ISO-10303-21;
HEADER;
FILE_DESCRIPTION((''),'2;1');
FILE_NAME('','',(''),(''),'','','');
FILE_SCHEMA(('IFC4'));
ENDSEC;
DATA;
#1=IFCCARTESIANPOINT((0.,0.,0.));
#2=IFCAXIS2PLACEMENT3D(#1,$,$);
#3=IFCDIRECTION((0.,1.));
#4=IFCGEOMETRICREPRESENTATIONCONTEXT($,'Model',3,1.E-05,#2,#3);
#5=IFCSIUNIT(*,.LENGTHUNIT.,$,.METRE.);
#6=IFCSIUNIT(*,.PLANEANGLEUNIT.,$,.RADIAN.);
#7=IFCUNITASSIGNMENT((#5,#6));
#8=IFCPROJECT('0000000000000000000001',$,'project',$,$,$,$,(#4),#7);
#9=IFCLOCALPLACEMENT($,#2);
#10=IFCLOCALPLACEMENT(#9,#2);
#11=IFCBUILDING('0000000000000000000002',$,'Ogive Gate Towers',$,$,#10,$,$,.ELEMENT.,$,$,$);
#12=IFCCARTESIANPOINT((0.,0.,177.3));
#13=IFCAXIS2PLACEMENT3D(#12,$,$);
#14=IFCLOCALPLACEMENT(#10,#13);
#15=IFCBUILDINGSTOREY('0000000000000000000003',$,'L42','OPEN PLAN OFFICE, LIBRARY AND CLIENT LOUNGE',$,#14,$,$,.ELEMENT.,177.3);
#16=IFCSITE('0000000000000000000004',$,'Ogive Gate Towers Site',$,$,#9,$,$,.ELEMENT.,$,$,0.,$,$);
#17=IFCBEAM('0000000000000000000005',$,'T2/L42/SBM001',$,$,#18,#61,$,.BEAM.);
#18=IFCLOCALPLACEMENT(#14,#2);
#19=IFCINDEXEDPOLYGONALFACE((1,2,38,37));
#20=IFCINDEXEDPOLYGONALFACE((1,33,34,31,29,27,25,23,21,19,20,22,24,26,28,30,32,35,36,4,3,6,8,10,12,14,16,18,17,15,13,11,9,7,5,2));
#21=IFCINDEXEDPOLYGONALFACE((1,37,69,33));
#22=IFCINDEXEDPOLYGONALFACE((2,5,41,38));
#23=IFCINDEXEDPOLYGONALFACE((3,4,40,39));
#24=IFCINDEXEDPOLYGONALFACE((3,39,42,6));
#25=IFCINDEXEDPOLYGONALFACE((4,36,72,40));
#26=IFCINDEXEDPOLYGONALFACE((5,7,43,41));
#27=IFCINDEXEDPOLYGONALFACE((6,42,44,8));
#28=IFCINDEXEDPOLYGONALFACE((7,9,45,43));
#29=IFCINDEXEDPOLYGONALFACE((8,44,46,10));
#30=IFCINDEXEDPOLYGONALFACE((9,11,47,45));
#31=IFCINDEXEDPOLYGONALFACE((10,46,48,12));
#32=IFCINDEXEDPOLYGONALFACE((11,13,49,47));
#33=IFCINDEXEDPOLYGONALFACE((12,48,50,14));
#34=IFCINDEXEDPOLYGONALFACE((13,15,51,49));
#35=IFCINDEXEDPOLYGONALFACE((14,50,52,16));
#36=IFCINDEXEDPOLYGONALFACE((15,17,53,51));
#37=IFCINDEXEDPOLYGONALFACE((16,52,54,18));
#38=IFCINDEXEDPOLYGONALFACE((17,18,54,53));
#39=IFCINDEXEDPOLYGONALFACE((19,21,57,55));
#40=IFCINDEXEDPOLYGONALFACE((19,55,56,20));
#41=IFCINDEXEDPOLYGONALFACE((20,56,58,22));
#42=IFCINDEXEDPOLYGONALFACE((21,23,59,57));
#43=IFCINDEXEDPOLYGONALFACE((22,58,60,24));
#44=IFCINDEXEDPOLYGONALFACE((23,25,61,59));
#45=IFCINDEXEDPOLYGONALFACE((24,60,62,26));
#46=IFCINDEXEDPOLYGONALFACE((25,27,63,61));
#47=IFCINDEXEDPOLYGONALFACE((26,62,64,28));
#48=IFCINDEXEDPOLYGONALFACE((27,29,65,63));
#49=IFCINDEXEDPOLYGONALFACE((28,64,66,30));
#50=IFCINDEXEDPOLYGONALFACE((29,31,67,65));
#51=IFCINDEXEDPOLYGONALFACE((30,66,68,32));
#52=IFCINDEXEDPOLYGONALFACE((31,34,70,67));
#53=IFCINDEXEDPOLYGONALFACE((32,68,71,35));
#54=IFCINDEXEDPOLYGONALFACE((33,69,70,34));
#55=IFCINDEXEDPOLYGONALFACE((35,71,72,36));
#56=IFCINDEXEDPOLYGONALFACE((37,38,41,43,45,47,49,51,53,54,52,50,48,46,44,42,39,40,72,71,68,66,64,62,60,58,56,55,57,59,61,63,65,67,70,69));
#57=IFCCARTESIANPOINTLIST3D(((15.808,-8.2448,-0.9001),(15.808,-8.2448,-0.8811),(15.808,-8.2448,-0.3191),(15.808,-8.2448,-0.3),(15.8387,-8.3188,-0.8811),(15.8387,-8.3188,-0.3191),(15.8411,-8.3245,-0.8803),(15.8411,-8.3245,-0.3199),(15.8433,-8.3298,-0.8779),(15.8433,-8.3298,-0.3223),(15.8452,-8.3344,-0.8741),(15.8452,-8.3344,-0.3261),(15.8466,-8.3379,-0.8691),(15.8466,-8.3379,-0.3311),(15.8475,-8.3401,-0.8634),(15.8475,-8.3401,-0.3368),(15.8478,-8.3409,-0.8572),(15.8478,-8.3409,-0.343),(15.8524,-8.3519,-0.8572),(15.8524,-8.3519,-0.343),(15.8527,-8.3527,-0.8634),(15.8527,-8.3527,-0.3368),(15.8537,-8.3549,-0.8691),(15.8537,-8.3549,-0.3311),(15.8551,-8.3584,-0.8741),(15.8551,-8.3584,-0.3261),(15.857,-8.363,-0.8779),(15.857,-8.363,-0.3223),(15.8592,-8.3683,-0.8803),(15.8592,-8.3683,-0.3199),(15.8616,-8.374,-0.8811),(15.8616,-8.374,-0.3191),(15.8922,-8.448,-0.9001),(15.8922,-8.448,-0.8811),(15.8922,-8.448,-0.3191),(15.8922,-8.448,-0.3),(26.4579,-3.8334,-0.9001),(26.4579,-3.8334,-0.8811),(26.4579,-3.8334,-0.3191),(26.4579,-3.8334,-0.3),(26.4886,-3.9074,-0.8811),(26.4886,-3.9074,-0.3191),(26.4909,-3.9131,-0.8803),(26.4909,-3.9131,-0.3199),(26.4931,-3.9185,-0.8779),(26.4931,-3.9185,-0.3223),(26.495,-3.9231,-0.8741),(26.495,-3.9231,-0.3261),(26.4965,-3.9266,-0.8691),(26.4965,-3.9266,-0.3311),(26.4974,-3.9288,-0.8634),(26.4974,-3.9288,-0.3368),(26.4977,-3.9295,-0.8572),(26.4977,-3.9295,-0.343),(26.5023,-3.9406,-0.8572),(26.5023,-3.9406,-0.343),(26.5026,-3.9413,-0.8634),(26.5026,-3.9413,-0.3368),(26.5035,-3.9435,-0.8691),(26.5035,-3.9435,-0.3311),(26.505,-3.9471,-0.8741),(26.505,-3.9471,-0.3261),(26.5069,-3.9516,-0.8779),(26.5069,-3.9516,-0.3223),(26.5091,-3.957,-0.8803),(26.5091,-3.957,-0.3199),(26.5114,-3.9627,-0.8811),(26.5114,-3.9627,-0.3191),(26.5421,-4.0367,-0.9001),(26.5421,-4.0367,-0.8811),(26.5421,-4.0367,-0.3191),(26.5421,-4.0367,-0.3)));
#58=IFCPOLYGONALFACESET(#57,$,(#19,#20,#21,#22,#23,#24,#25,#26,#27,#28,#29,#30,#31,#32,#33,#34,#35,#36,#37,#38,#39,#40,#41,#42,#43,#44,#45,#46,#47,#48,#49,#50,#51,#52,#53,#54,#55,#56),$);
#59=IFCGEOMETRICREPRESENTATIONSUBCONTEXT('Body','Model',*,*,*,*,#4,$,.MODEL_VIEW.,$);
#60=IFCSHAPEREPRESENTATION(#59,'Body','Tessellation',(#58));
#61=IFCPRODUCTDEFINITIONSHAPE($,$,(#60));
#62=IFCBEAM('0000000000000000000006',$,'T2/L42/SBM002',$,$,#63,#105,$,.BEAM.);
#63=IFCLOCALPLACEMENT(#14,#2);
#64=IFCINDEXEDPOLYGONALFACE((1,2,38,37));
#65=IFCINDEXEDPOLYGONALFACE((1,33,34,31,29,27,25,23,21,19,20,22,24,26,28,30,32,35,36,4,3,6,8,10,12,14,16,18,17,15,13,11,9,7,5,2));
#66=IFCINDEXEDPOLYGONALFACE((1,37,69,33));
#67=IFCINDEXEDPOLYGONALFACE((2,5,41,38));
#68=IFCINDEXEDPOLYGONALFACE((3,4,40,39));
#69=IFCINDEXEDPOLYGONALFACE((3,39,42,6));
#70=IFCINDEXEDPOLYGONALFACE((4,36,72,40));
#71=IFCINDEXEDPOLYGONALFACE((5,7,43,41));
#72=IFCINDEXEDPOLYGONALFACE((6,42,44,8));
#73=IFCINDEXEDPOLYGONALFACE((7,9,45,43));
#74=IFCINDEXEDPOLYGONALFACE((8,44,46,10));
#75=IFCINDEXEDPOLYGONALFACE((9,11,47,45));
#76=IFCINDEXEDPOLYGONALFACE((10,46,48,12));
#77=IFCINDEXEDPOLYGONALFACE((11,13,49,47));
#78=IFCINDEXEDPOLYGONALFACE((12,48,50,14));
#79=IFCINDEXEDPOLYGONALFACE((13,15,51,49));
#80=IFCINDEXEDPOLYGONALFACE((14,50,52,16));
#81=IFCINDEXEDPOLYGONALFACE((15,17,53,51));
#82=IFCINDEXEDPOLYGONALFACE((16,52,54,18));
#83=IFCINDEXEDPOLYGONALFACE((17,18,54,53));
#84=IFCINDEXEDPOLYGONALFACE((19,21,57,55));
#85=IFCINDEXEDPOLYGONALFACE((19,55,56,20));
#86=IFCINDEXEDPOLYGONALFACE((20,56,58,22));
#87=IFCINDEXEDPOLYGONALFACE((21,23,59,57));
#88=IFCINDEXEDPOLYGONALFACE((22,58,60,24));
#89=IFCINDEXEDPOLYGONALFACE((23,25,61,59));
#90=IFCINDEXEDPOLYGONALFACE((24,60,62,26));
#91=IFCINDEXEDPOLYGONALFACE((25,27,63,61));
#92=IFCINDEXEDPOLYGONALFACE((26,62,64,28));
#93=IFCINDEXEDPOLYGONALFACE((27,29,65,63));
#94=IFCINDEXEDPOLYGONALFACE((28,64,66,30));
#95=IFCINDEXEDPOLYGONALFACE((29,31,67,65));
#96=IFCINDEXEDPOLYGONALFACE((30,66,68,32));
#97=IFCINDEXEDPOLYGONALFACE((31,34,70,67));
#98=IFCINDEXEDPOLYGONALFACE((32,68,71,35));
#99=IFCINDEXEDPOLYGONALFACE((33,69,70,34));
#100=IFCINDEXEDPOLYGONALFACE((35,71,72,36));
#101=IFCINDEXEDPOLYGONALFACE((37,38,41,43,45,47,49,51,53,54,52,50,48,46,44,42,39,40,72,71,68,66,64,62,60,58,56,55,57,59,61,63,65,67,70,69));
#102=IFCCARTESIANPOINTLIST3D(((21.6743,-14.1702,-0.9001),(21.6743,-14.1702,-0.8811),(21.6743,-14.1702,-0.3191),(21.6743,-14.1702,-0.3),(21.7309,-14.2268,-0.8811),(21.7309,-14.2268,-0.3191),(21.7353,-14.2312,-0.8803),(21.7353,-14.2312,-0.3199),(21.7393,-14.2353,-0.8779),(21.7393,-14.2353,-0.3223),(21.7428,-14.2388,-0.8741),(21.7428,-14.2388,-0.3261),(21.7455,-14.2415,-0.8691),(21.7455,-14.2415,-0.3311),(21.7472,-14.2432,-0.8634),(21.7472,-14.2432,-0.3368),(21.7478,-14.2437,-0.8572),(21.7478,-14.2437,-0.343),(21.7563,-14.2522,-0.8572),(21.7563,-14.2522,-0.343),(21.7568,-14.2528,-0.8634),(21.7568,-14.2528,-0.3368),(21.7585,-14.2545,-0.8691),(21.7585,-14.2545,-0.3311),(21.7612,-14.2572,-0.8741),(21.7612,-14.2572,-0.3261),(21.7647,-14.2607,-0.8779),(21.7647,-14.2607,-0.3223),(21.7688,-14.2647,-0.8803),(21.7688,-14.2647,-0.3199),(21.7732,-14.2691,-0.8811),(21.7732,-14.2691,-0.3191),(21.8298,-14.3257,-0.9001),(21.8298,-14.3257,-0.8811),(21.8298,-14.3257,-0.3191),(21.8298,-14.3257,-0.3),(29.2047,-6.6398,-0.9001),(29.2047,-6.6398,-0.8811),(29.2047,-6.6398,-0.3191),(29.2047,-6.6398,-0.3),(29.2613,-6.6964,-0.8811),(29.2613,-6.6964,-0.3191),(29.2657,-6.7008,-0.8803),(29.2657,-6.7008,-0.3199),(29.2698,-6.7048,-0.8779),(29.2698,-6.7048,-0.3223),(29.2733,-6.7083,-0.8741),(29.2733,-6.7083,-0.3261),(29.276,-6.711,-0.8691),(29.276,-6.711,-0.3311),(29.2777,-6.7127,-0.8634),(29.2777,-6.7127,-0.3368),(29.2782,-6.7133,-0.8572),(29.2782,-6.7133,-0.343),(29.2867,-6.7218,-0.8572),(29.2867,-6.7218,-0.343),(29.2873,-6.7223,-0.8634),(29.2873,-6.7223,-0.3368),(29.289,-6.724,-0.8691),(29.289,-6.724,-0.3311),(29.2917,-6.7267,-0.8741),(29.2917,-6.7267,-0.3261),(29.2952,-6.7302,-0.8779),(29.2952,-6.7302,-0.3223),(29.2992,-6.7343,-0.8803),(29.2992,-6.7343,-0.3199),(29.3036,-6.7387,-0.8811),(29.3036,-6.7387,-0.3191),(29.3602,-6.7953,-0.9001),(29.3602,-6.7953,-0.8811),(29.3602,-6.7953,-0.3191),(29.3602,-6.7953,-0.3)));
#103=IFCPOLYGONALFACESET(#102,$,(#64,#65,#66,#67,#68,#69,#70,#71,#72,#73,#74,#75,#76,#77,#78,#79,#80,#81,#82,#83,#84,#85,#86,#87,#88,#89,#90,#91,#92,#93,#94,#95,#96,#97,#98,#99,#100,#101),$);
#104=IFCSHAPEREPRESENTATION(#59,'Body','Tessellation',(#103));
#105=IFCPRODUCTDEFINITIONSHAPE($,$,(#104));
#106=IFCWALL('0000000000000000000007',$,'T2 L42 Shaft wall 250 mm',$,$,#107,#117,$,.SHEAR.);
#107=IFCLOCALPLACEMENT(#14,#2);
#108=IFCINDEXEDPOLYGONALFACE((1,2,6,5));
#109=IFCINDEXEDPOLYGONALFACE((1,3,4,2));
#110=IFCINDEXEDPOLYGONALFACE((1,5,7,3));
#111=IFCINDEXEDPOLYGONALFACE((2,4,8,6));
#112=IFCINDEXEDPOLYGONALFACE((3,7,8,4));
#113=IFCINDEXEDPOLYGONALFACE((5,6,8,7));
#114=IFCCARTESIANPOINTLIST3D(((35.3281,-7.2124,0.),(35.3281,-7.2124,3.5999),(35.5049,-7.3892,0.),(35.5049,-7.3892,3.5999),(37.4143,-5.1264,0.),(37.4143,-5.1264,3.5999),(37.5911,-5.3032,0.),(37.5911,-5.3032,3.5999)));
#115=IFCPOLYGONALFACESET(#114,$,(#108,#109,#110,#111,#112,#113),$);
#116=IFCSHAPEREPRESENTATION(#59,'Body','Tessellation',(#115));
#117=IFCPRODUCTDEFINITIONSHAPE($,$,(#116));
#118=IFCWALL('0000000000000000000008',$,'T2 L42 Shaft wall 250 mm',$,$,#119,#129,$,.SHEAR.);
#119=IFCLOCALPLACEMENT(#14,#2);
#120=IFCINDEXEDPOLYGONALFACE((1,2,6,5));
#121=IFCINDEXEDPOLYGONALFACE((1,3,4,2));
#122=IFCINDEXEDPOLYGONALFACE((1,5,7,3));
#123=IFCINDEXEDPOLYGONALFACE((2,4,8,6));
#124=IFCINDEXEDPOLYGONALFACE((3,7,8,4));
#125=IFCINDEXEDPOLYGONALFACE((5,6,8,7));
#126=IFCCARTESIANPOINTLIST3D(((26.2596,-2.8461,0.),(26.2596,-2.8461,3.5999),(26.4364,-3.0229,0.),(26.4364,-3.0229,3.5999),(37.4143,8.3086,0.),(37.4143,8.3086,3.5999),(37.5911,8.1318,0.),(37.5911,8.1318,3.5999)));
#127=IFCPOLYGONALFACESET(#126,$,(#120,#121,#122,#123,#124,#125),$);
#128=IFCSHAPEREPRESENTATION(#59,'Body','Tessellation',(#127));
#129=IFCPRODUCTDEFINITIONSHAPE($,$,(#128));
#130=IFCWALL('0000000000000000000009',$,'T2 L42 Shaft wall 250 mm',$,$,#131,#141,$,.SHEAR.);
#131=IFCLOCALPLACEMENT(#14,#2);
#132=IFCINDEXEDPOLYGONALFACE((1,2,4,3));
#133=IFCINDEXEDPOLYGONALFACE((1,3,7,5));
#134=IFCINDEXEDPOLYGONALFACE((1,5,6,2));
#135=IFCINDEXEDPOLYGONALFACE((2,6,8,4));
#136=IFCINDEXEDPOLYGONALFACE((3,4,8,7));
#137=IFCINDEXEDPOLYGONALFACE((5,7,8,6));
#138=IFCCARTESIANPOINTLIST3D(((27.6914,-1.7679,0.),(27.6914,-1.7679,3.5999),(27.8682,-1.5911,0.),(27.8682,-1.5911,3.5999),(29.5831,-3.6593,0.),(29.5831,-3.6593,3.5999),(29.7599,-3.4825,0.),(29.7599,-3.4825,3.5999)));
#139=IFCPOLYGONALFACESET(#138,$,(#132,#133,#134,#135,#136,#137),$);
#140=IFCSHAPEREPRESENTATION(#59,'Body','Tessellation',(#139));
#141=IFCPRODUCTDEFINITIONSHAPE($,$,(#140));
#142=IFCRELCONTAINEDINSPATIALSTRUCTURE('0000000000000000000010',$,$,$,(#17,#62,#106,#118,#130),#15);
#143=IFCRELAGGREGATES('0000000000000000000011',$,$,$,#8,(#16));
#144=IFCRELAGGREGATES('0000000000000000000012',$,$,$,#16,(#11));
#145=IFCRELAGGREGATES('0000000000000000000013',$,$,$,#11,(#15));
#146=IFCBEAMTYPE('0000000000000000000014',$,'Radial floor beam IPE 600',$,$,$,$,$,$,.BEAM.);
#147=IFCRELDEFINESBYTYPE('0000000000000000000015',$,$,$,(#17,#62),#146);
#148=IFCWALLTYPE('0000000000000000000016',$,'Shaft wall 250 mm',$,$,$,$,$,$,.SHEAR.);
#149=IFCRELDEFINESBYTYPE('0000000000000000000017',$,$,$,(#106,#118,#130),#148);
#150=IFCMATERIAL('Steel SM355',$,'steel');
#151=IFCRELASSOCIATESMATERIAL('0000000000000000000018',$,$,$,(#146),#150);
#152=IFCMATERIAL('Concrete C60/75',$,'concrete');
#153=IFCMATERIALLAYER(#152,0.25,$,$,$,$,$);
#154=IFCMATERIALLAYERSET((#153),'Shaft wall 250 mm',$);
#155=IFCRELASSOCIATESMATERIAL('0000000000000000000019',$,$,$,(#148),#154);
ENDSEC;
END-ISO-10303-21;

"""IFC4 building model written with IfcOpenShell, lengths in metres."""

from ifc_helpers import new_model, si_unit, direction, frame, frame_2d, origin, origin_2d, place, context, subcontext, project, spatial, rectangle, i_section, extrude, material, layer, layer_set, material_profile, profile_set, type_object, element, save


model = new_model("IFC4")

# Units and contexts
model_context = context("Model", 3, precision=1e-05, world=origin(), true_north=direction((0.0, 1.0)))
body_context = subcontext(model_context, "Body", "Model", "MODEL_VIEW")
ifc_project = project(units=[si_unit("LENGTHUNIT", "METRE"), si_unit("PLANEANGLEUNIT", "RADIAN")], contexts=[model_context])

# Site, building, storey
site_placement = place(None, origin())
site = spatial("IfcSite", under=ifc_project, at=site_placement, Name="Ogive Gate Towers Site", CompositionType="ELEMENT", RefElevation=0.0)
building_placement = place(site_placement, origin())
building = spatial("IfcBuilding", under=site, at=building_placement, Name="Ogive Gate Towers", CompositionType="ELEMENT")
storey_placement = place(building_placement, frame((0.0, 0.0, 177.3)))
storey = spatial("IfcBuildingStorey", under=building, at=storey_placement, Name="L42", Description="OPEN PLAN OFFICE, LIBRARY AND CLIENT LOUNGE", CompositionType="ELEMENT", Elevation=177.3)

# Beams
ifc_material_1 = material(Name="Steel SM355", Category="steel")
ifc_material_profile = material_profile(ifc_material_1, i_section(OverallWidth=0.22, OverallDepth=0.6001, WebThickness=0.012, FlangeThickness=0.019, FilletRadius=0.0239, at=origin_2d()), Name="IPE 600")
ifc_profile_set = profile_set([ifc_material_profile], Name="Steel SM355")
beam_type = type_object("IfcBeamType", Name="Radial floor beam IPE 600", PredefinedType="BEAM", material=ifc_profile_set)
beam_1_placement = place(storey_placement, frame((26.5, -3.9351, -0.6001), z_axis=(-0.923878, -0.382687, 0.0), x_axis=(0.382687, -0.923878, 0.0)))
element("IfcBeam", 1, at=beam_1_placement, inside=storey, type_object=beam_type, Name="T2/L42/SBM001", PredefinedType="BEAM", context=body_context, shape_type="SweptSolid", body=[
    extrude(i_section(OverallWidth=0.22, OverallDepth=0.6001, WebThickness=0.012, FlangeThickness=0.019, FilletRadius=0.0239, at=origin_2d()), origin(), (0.0, 0.0, 1.0), 11.5273),
])
beam_2_placement = place(storey_placement, frame((29.2825, -6.7175, -0.6001), z_axis=(-0.707107, -0.707107, 0.0), x_axis=(0.707107, -0.707107, 0.0)))
element("IfcBeam", 2, at=beam_2_placement, inside=storey, type_object=beam_type, Name="T2/L42/SBM002", PredefinedType="BEAM", context=body_context, shape_type="SweptSolid", body=[
    extrude(i_section(OverallWidth=0.22, OverallDepth=0.6001, WebThickness=0.012, FlangeThickness=0.019, FilletRadius=0.0239, at=origin_2d()), origin(), (0.0, 0.0, 1.0), 10.6497),
])

# Walls
ifc_material_2 = material(Name="Concrete C60/75", Category="concrete")
ifc_layer_1 = layer(ifc_material_2, 0.25)
ifc_layer_set_1 = layer_set([ifc_layer_1], Name="Shaft wall 250 mm")
wall_type_1 = type_object("IfcWallType", Name="Shaft wall 250 mm", PredefinedType="SHEAR", material=ifc_layer_set_1)
wall_1_placement = place(storey_placement, frame((35.4165, -7.3008, 0.0), z_axis=(0.0, 0.0, 1.0), x_axis=(0.707148, 0.707065, 0.0)))
element("IfcWall", 3, at=wall_1_placement, inside=storey, type_object=wall_type_1, Name="T2 L42 Shaft wall 250 mm", PredefinedType="SHEAR", context=body_context, shape_type="SweptSolid", body=[
    extrude(rectangle(XDim=2.9502, YDim=0.25, at=frame_2d((1.4751, 0.0))), origin(), (0.0, 0.0, 1.0), 3.5999),
])
wall_2_placement = place(storey_placement, frame((26.3479, -2.9346, 0.0), z_axis=(0.0, 0.0, 1.0), x_axis=(0.707107, 0.707107, 0.0)))
element("IfcWall", 4, at=wall_2_placement, inside=storey, type_object=wall_type_1, Name="T2 L42 Shaft wall 250 mm", PredefinedType="SHEAR", context=body_context, shape_type="SweptSolid", body=[
    extrude(rectangle(XDim=15.7751, YDim=0.25, at=frame_2d((7.8877, 0.0))), origin(), (0.0, 0.0, 1.0), 3.5999),
])
wall_3_placement = place(storey_placement, frame((29.6714, -3.5708, 0.0), z_axis=(0.0, 0.0, 1.0), x_axis=(-0.707152, 0.707061, 0.0)))
element("IfcWall", 5, at=wall_3_placement, inside=storey, type_object=wall_type_1, Name="T2 L42 Shaft wall 250 mm", PredefinedType="SHEAR", context=body_context, shape_type="SweptSolid", body=[
    extrude(rectangle(XDim=2.675, YDim=0.25, at=frame_2d((1.3374, 0.0))), origin(), (0.0, 0.0, 1.0), 3.5999),
])

save(model, "model.ifc")
